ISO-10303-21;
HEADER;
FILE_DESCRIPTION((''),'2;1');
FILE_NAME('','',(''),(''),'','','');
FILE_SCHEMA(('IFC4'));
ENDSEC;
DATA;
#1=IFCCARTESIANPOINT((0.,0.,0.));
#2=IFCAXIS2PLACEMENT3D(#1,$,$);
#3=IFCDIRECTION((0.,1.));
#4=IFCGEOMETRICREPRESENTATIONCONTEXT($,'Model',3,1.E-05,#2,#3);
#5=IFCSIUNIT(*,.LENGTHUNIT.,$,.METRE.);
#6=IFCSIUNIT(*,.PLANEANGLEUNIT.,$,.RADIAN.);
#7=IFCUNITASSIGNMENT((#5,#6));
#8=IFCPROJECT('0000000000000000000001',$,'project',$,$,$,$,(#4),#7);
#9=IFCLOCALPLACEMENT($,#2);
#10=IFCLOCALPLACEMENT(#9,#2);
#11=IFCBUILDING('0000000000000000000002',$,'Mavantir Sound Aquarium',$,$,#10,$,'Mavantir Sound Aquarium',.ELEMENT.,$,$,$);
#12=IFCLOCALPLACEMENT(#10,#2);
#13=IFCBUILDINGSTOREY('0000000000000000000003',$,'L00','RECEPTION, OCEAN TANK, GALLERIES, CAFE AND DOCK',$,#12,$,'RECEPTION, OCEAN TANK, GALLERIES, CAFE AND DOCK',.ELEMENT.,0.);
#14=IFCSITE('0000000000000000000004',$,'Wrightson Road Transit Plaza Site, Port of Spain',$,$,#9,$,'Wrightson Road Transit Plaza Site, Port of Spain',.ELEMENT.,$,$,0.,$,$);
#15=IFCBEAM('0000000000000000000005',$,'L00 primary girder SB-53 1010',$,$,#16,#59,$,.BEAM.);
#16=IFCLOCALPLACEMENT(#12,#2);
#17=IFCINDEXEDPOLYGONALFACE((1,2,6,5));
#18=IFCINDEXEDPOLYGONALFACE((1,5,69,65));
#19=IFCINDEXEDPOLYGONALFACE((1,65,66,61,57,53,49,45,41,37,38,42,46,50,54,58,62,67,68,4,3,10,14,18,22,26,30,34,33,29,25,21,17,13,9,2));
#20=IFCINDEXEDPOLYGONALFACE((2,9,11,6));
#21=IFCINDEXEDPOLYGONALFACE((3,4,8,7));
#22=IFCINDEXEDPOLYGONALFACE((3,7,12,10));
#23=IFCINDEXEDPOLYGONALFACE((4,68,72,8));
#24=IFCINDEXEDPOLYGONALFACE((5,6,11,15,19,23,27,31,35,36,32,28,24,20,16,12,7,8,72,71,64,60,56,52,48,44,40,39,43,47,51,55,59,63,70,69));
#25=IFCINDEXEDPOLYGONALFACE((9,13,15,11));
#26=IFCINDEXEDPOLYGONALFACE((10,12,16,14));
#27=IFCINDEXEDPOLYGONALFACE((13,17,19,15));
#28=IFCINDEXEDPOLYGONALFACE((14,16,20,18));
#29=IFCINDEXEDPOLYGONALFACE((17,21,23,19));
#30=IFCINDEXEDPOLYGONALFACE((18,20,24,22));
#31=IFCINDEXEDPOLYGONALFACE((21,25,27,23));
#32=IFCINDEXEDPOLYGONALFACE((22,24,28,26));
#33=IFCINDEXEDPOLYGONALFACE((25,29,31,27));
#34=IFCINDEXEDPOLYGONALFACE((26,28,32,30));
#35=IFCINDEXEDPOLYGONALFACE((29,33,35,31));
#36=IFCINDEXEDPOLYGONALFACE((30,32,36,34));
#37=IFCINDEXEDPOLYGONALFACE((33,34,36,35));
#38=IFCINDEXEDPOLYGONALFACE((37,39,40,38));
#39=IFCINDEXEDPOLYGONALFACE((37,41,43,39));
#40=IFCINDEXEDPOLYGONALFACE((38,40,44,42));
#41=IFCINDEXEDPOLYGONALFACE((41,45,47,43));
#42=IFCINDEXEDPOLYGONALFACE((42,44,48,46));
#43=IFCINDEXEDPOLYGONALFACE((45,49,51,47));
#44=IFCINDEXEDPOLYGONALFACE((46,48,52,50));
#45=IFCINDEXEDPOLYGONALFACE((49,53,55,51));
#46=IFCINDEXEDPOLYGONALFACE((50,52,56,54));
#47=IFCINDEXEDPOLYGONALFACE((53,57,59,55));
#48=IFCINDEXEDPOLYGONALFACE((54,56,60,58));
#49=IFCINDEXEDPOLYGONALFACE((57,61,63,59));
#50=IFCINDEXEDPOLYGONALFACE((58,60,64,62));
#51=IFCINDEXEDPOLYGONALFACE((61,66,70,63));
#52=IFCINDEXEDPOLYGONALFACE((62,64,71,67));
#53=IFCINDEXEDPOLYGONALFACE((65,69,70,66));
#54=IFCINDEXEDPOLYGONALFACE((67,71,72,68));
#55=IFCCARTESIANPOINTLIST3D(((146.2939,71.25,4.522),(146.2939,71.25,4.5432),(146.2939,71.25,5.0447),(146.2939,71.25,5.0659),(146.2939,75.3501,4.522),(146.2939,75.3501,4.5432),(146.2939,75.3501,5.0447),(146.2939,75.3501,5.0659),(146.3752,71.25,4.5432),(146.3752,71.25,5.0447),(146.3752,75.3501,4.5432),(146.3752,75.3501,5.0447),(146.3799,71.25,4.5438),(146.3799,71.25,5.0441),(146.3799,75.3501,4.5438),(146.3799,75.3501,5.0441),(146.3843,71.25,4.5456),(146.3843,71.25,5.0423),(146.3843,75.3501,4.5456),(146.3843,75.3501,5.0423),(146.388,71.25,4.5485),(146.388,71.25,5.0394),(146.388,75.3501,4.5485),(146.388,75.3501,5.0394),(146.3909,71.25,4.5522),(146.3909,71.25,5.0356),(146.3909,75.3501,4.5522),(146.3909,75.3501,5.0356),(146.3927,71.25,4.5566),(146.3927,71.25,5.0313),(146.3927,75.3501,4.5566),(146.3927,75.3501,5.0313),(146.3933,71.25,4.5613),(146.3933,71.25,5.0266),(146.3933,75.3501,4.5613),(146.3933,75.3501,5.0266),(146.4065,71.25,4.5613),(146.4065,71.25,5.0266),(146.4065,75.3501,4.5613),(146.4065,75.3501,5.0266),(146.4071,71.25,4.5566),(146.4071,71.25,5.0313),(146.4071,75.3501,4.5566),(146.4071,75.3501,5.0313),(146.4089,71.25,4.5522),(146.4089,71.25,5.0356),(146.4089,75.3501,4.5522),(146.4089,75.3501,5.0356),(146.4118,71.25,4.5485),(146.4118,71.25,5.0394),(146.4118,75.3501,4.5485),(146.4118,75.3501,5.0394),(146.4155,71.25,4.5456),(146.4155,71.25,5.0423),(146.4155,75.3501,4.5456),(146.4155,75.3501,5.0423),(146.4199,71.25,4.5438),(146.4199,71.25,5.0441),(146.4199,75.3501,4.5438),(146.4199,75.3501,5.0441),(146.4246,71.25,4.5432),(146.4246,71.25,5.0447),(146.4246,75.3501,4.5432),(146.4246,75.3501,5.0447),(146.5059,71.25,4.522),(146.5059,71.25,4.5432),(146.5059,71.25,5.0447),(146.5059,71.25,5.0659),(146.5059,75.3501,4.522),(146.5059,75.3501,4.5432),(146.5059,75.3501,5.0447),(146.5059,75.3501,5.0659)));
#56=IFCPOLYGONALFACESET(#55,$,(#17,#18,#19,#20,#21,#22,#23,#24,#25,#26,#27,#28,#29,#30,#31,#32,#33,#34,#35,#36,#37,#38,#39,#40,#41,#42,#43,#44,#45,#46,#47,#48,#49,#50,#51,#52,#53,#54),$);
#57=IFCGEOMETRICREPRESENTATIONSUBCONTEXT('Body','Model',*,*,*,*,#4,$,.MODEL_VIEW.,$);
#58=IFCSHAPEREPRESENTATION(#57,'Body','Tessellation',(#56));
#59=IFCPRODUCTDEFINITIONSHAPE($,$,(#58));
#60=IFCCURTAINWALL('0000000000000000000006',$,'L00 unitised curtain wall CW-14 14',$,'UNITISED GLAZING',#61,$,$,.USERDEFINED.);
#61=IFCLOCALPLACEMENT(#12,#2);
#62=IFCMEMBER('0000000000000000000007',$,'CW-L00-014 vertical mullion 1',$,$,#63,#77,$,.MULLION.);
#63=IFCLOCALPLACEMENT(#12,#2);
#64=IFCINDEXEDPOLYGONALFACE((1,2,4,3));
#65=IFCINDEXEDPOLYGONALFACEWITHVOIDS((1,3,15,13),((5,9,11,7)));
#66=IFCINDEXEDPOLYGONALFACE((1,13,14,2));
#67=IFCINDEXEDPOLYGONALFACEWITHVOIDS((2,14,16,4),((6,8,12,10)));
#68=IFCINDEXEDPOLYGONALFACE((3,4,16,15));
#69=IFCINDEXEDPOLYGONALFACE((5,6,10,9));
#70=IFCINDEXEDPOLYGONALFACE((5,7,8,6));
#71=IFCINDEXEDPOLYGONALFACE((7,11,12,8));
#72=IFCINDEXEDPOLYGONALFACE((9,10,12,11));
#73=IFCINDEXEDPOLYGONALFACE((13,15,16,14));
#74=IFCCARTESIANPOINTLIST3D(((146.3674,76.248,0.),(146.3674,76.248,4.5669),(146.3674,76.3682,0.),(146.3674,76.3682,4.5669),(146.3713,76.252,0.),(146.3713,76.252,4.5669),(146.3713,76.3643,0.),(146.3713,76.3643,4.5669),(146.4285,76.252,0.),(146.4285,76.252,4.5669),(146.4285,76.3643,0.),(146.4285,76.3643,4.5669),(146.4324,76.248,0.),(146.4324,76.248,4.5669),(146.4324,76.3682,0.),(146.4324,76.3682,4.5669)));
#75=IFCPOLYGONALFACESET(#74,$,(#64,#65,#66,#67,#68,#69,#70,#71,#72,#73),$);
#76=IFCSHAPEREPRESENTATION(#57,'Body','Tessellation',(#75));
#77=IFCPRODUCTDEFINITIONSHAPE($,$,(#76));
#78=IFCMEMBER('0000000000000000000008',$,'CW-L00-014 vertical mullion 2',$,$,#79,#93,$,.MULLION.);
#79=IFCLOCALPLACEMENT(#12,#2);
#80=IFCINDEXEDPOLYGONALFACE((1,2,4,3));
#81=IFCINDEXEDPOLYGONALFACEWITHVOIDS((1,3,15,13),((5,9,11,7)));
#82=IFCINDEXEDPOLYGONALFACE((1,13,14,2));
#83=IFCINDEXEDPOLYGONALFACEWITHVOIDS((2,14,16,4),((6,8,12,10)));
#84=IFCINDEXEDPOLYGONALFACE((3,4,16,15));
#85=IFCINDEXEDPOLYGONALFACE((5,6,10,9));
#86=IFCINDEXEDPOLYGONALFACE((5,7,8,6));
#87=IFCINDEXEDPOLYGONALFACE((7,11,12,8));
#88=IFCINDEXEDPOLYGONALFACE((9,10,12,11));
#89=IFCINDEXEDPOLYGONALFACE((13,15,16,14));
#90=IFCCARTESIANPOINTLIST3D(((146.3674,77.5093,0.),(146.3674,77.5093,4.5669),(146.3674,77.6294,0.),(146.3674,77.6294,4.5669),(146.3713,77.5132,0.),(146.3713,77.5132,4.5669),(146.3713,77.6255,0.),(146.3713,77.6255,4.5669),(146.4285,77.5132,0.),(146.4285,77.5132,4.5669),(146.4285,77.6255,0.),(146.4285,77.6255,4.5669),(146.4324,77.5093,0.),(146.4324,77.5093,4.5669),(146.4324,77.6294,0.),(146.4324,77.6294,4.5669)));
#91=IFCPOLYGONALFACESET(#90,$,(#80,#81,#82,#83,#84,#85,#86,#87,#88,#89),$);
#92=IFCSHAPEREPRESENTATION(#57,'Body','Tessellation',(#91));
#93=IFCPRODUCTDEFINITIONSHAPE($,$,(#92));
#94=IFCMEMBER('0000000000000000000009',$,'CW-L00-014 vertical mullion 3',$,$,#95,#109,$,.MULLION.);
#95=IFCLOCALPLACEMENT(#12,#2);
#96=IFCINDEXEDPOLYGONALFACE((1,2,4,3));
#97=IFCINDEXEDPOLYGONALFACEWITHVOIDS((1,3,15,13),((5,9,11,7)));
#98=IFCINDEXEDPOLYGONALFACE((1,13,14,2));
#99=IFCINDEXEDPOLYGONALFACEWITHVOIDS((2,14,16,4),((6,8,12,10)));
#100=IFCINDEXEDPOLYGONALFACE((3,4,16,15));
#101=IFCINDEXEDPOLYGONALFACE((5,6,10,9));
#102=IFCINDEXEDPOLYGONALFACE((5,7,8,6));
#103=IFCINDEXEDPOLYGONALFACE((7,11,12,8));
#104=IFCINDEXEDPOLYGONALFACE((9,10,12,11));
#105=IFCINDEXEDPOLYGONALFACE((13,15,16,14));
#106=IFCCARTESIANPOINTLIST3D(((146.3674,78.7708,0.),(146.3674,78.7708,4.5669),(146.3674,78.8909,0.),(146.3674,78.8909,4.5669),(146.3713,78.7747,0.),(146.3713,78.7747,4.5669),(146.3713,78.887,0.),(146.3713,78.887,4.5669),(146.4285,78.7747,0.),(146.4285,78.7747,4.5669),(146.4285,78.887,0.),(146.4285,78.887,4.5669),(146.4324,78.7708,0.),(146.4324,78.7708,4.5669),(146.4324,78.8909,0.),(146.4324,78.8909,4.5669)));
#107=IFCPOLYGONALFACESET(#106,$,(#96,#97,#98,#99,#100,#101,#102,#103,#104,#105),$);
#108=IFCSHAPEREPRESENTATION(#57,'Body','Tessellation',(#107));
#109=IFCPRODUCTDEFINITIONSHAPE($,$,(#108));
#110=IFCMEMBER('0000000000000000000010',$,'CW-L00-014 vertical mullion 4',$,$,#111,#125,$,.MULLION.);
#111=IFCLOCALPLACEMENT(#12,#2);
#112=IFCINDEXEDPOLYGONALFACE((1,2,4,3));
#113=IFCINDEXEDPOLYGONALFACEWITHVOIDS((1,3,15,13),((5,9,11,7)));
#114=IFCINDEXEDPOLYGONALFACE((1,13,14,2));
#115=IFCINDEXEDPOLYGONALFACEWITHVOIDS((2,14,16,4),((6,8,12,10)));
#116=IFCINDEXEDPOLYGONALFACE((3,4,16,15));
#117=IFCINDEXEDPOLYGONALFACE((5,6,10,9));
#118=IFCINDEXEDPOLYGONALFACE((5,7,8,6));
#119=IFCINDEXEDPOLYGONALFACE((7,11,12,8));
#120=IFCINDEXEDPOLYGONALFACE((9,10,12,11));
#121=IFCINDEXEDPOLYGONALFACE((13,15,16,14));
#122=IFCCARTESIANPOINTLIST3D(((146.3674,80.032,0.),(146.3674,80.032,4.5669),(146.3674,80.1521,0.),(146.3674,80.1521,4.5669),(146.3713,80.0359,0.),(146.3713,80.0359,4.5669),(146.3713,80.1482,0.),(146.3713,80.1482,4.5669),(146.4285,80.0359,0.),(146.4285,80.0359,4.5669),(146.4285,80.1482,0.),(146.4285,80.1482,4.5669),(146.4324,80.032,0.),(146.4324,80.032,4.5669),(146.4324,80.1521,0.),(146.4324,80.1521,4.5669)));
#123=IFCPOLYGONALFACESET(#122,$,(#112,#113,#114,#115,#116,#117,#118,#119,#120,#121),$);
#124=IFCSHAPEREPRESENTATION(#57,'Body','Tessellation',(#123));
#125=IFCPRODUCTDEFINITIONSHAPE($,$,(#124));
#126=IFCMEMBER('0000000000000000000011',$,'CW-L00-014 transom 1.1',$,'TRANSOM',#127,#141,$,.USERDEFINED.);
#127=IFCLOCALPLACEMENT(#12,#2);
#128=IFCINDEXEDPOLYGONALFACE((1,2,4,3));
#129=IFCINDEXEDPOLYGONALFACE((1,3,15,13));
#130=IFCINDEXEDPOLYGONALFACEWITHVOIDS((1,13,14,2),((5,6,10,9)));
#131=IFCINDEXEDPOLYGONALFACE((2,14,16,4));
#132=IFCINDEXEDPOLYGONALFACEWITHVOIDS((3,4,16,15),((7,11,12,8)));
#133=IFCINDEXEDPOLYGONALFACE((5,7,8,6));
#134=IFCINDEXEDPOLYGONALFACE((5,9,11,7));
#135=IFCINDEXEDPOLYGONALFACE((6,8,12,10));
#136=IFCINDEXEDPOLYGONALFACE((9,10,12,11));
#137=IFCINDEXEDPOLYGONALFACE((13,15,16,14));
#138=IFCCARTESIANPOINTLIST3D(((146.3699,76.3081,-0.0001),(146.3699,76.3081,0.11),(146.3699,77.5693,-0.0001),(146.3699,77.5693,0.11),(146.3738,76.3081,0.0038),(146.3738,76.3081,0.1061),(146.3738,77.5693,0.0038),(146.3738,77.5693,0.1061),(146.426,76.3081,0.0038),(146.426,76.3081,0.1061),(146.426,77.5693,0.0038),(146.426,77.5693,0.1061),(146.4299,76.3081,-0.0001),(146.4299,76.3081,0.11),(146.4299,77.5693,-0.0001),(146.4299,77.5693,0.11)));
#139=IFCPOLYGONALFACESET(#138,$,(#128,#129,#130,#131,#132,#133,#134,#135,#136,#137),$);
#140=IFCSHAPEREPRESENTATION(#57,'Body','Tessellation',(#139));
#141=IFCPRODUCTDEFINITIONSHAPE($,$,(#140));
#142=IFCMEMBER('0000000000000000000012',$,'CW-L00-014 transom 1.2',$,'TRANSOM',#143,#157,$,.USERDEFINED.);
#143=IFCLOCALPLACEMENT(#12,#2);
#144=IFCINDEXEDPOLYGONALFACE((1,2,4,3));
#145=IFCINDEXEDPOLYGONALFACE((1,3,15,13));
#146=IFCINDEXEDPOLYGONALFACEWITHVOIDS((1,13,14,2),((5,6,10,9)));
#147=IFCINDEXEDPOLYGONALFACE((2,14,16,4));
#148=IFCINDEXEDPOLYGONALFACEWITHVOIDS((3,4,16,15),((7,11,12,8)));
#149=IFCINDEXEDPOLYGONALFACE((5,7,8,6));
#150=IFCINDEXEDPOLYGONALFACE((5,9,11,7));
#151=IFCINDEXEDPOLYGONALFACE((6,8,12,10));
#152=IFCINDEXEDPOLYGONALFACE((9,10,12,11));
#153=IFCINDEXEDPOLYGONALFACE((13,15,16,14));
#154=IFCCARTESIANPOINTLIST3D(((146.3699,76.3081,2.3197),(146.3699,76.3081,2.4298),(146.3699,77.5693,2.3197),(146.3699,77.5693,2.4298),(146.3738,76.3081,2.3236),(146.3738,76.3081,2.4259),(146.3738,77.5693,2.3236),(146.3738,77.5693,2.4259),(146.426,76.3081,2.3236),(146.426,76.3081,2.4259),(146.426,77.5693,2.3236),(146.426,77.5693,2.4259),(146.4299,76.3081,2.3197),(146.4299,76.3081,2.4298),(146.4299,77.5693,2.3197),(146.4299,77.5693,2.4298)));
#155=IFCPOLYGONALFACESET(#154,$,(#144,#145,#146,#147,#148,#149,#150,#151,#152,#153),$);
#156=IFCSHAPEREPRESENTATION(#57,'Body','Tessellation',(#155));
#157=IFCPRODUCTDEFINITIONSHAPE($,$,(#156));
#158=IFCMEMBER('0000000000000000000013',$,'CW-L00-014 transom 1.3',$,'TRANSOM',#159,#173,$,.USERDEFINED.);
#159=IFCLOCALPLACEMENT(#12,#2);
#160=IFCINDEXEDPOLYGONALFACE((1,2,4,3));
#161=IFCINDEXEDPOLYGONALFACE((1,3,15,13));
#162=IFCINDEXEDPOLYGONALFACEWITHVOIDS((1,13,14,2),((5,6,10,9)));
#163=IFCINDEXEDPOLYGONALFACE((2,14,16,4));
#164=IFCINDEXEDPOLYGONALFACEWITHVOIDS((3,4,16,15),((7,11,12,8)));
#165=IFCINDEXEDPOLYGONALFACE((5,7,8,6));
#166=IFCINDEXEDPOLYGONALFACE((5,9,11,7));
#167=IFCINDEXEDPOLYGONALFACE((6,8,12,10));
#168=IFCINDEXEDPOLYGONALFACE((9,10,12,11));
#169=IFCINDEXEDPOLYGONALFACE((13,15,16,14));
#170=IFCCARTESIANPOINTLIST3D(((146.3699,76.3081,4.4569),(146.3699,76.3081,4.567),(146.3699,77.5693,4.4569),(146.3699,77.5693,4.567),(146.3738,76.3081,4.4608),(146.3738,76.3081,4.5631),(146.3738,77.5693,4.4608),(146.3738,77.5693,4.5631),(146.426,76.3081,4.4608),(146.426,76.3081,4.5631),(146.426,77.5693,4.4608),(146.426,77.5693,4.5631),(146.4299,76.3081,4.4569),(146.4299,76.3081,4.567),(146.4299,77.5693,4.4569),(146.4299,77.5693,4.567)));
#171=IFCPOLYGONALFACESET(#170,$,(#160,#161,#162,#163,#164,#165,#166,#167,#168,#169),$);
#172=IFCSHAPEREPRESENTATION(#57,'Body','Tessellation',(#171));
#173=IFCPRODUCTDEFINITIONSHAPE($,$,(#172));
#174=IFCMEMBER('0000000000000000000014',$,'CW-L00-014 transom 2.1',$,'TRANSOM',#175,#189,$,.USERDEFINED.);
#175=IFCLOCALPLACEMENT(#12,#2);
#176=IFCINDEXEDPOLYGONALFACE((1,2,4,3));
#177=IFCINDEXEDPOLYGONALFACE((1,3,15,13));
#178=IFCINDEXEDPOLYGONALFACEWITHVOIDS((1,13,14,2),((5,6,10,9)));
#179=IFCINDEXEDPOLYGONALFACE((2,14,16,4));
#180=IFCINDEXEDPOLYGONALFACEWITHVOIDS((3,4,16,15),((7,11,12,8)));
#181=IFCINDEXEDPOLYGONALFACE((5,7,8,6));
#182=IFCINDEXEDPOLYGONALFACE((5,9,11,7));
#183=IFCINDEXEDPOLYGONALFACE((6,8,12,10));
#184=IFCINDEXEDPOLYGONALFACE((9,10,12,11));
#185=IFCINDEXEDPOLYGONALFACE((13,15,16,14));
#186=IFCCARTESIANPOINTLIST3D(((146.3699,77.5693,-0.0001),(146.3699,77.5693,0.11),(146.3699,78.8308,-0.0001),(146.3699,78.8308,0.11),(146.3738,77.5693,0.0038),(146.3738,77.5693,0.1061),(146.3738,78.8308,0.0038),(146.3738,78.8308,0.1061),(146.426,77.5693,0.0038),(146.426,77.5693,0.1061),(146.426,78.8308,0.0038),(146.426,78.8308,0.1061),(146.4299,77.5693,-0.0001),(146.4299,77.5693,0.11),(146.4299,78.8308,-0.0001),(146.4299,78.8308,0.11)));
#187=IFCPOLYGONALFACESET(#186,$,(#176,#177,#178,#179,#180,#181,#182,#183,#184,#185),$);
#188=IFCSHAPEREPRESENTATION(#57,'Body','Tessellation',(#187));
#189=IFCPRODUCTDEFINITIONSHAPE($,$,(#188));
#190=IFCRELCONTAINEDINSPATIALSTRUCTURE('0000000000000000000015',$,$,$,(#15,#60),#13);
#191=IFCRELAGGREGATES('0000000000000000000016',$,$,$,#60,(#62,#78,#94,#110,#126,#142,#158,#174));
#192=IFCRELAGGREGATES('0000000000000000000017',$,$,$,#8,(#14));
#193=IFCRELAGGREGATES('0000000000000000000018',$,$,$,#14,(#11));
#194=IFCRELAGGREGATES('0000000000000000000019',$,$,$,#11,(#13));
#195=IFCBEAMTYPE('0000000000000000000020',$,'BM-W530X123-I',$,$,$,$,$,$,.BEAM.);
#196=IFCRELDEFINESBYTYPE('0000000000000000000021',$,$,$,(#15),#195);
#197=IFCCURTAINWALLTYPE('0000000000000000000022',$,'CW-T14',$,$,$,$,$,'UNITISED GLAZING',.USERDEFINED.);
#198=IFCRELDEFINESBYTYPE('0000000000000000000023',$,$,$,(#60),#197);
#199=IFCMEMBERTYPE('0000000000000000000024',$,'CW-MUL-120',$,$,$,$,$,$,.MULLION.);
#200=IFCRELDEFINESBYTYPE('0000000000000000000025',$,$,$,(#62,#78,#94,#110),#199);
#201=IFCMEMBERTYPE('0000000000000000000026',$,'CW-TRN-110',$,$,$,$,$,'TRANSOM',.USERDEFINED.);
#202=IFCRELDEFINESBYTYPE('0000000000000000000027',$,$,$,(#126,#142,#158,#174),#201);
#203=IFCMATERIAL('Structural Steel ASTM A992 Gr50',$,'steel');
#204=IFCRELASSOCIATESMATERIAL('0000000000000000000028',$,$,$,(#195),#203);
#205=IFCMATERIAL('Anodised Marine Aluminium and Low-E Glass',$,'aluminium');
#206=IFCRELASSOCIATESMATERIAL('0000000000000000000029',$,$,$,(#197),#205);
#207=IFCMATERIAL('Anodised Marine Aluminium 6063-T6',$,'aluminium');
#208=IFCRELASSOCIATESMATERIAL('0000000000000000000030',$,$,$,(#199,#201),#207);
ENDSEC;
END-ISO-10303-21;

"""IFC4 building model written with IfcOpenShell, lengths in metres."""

from ifc_helpers import new_model, si_unit, direction, frame, origin, origin_2d, place, context, subcontext, project, spatial, hollow_rectangle, i_section, extrude, material, material_profile, profile_set, type_object, element, aggregate, save


model = new_model("IFC4")

# Units and contexts
model_context = context("Model", 3, precision=1e-05, world=origin(), true_north=direction((0.0, 1.0)))
body_context = subcontext(model_context, "Body", "Model", "MODEL_VIEW")
ifc_project = project(units=[si_unit("LENGTHUNIT", "METRE"), si_unit("PLANEANGLEUNIT", "RADIAN")], contexts=[model_context])

# Site, building, storey
site_placement = place(None, origin())
site = spatial("IfcSite", under=ifc_project, at=site_placement, Name="Wrightson Road Transit Plaza Site, Port of Spain", LongName="Wrightson Road Transit Plaza Site, Port of Spain", CompositionType="ELEMENT", RefElevation=0.0)
building_placement = place(site_placement, origin())
building = spatial("IfcBuilding", under=site, at=building_placement, Name="Mavantir Sound Aquarium", LongName="Mavantir Sound Aquarium", CompositionType="ELEMENT")
storey_placement = place(building_placement, origin())
storey = spatial("IfcBuildingStorey", under=building, at=storey_placement, Name="L00", Description="RECEPTION, OCEAN TANK, GALLERIES, CAFE AND DOCK", LongName="RECEPTION, OCEAN TANK, GALLERIES, CAFE AND DOCK", CompositionType="ELEMENT", Elevation=0.0)

# Beam
ifc_material_1 = material(Name="Structural Steel ASTM A992 Gr50", Category="steel")
ifc_material_profile_1 = material_profile(ifc_material_1, i_section(OverallWidth=0.2119, OverallDepth=0.5439, WebThickness=0.0132, FlangeThickness=0.0212, FilletRadius=0.0181, at=origin_2d()), Name="W530X123")
ifc_profile_set_1 = profile_set([ifc_material_profile_1], Name="Structural Steel ASTM A992 Gr50")
beam_type_1 = type_object("IfcBeamType", Name="BM-W530X123-I", PredefinedType="BEAM", material=ifc_profile_set_1)
beam_1_placement = place(storey_placement, frame((146.3999, 71.25, 4.7939), z_axis=(0.0, 1.0, 0.0), x_axis=(-1.0, 0.0, 0.0)))
element("IfcBeam", 1, at=beam_1_placement, inside=storey, type_object=beam_type_1, Name="L00 primary girder SB-53 1010", PredefinedType="BEAM", context=body_context, shape_type="SweptSolid", body=[
    extrude(i_section(OverallWidth=0.2119, OverallDepth=0.5439, WebThickness=0.0132, FlangeThickness=0.0212, FilletRadius=0.0181, at=origin_2d()), origin(), (0.0, 0.0, 1.0), 4.1001),
])

# Curtain wall, members
ifc_material_2 = material(Name="Anodised Marine Aluminium and Low-E Glass", Category="aluminium")
curtain_wall_type = type_object("IfcCurtainWallType", Name="CW-T14", ElementType="UNITISED GLAZING", PredefinedType="USERDEFINED", material=ifc_material_2)
curtain_wall_placement = place(storey_placement, origin())
curtain_wall = element("IfcCurtainWall", 2, at=curtain_wall_placement, inside=storey, type_object=curtain_wall_type, Name="L00 unitised curtain wall CW-14 14", ObjectType="UNITISED GLAZING", PredefinedType="USERDEFINED")
ifc_material_3 = material(Name="Anodised Marine Aluminium 6063-T6", Category="aluminium")
ifc_material_profile_2 = material_profile(ifc_material_3, hollow_rectangle(XDim=0.0649, YDim=0.1201, WallThickness=0.0039, at=origin_2d()), Name="ALU-MULLION-120X65")
ifc_profile_set_2 = profile_set([ifc_material_profile_2], Name="Anodised Marine Aluminium 6063-T6")
member_type_1 = type_object("IfcMemberType", Name="CW-MUL-120", PredefinedType="MULLION", material=ifc_profile_set_2)
member_1_placement = place(storey_placement, frame((146.3999, 76.3081, 0.0), z_axis=(0.0, 0.0, 1.0), x_axis=(1.0, 0.0, 0.0)))
member_1 = element("IfcMember", 3, at=member_1_placement, type_object=member_type_1, Name="CW-L00-014 vertical mullion 1", PredefinedType="MULLION", context=body_context, shape_type="SweptSolid", body=[
    extrude(hollow_rectangle(XDim=0.0649, YDim=0.1201, WallThickness=0.0039, at=origin_2d()), origin(), (0.0, 0.0, 1.0), 4.5669),
])
member_2_placement = place(storey_placement, frame((146.3999, 77.5693, 0.0), z_axis=(0.0, 0.0, 1.0), x_axis=(1.0, 0.0, 0.0)))
member_2 = element("IfcMember", 4, at=member_2_placement, type_object=member_type_1, Name="CW-L00-014 vertical mullion 2", PredefinedType="MULLION", context=body_context, shape_type="SweptSolid", body=[
    extrude(hollow_rectangle(XDim=0.0649, YDim=0.1201, WallThickness=0.0039, at=origin_2d()), origin(), (0.0, 0.0, 1.0), 4.5669),
])
member_3_placement = place(storey_placement, frame((146.3999, 78.8308, 0.0), z_axis=(0.0, 0.0, 1.0), x_axis=(1.0, 0.0, 0.0)))
member_3 = element("IfcMember", 5, at=member_3_placement, type_object=member_type_1, Name="CW-L00-014 vertical mullion 3", PredefinedType="MULLION", context=body_context, shape_type="SweptSolid", body=[
    extrude(hollow_rectangle(XDim=0.0649, YDim=0.1201, WallThickness=0.0039, at=origin_2d()), origin(), (0.0, 0.0, 1.0), 4.5669),
])
member_4_placement = place(storey_placement, frame((146.3999, 80.092, 0.0), z_axis=(0.0, 0.0, 1.0), x_axis=(1.0, 0.0, 0.0)))
member_4 = element("IfcMember", 6, at=member_4_placement, type_object=member_type_1, Name="CW-L00-014 vertical mullion 4", PredefinedType="MULLION", context=body_context, shape_type="SweptSolid", body=[
    extrude(hollow_rectangle(XDim=0.0649, YDim=0.1201, WallThickness=0.0039, at=origin_2d()), origin(), (0.0, 0.0, 1.0), 4.5669),
])
ifc_material_profile_3 = material_profile(ifc_material_3, hollow_rectangle(XDim=0.0601, YDim=0.1101, WallThickness=0.0039, at=origin_2d()), Name="ALU-TRANSOM-110X60")
ifc_profile_set_3 = profile_set([ifc_material_profile_3], Name="Anodised Marine Aluminium 6063-T6")
member_type_2 = type_object("IfcMemberType", Name="CW-TRN-110", ElementType="TRANSOM", PredefinedType="USERDEFINED", material=ifc_profile_set_3)
member_5_placement = place(storey_placement, frame((146.3999, 76.3081, 0.0549), z_axis=(0.0, 1.0, 0.0), x_axis=(-1.0, 0.0, 0.0)))
member_5 = element("IfcMember", 7, at=member_5_placement, type_object=member_type_2, Name="CW-L00-014 transom 1.1", ObjectType="TRANSOM", PredefinedType="USERDEFINED", context=body_context, shape_type="SweptSolid", body=[
    extrude(hollow_rectangle(XDim=0.0601, YDim=0.1101, WallThickness=0.0039, at=origin_2d()), origin(), (0.0, 0.0, 1.0), 1.2612),
])
member_6_placement = place(storey_placement, frame((146.3999, 76.3081, 2.3748), z_axis=(0.0, 1.0, 0.0), x_axis=(-1.0, 0.0, 0.0)))
member_6 = element("IfcMember", 8, at=member_6_placement, type_object=member_type_2, Name="CW-L00-014 transom 1.2", ObjectType="TRANSOM", PredefinedType="USERDEFINED", context=body_context, shape_type="SweptSolid", body=[
    extrude(hollow_rectangle(XDim=0.0601, YDim=0.1101, WallThickness=0.0039, at=origin_2d()), origin(), (0.0, 0.0, 1.0), 1.2612),
])
member_7_placement = place(storey_placement, frame((146.3999, 76.3081, 4.512), z_axis=(0.0, 1.0, 0.0), x_axis=(-1.0, 0.0, 0.0)))
member_7 = element("IfcMember", 9, at=member_7_placement, type_object=member_type_2, Name="CW-L00-014 transom 1.3", ObjectType="TRANSOM", PredefinedType="USERDEFINED", context=body_context, shape_type="SweptSolid", body=[
    extrude(hollow_rectangle(XDim=0.0601, YDim=0.1101, WallThickness=0.0039, at=origin_2d()), origin(), (0.0, 0.0, 1.0), 1.2612),
])
member_8_placement = place(storey_placement, frame((146.3999, 77.5693, 0.0549), z_axis=(0.0, 1.0, 0.0), x_axis=(-1.0, 0.0, 0.0)))
member_8 = element("IfcMember", 10, at=member_8_placement, type_object=member_type_2, Name="CW-L00-014 transom 2.1", ObjectType="TRANSOM", PredefinedType="USERDEFINED", context=body_context, shape_type="SweptSolid", body=[
    extrude(hollow_rectangle(XDim=0.0601, YDim=0.1101, WallThickness=0.0039, at=origin_2d()), origin(), (0.0, 0.0, 1.0), 1.2615),
])
aggregate(curtain_wall, [member_1, member_2, member_3, member_4, member_5, member_6, member_7, member_8])

save(model, "model.ifc")
